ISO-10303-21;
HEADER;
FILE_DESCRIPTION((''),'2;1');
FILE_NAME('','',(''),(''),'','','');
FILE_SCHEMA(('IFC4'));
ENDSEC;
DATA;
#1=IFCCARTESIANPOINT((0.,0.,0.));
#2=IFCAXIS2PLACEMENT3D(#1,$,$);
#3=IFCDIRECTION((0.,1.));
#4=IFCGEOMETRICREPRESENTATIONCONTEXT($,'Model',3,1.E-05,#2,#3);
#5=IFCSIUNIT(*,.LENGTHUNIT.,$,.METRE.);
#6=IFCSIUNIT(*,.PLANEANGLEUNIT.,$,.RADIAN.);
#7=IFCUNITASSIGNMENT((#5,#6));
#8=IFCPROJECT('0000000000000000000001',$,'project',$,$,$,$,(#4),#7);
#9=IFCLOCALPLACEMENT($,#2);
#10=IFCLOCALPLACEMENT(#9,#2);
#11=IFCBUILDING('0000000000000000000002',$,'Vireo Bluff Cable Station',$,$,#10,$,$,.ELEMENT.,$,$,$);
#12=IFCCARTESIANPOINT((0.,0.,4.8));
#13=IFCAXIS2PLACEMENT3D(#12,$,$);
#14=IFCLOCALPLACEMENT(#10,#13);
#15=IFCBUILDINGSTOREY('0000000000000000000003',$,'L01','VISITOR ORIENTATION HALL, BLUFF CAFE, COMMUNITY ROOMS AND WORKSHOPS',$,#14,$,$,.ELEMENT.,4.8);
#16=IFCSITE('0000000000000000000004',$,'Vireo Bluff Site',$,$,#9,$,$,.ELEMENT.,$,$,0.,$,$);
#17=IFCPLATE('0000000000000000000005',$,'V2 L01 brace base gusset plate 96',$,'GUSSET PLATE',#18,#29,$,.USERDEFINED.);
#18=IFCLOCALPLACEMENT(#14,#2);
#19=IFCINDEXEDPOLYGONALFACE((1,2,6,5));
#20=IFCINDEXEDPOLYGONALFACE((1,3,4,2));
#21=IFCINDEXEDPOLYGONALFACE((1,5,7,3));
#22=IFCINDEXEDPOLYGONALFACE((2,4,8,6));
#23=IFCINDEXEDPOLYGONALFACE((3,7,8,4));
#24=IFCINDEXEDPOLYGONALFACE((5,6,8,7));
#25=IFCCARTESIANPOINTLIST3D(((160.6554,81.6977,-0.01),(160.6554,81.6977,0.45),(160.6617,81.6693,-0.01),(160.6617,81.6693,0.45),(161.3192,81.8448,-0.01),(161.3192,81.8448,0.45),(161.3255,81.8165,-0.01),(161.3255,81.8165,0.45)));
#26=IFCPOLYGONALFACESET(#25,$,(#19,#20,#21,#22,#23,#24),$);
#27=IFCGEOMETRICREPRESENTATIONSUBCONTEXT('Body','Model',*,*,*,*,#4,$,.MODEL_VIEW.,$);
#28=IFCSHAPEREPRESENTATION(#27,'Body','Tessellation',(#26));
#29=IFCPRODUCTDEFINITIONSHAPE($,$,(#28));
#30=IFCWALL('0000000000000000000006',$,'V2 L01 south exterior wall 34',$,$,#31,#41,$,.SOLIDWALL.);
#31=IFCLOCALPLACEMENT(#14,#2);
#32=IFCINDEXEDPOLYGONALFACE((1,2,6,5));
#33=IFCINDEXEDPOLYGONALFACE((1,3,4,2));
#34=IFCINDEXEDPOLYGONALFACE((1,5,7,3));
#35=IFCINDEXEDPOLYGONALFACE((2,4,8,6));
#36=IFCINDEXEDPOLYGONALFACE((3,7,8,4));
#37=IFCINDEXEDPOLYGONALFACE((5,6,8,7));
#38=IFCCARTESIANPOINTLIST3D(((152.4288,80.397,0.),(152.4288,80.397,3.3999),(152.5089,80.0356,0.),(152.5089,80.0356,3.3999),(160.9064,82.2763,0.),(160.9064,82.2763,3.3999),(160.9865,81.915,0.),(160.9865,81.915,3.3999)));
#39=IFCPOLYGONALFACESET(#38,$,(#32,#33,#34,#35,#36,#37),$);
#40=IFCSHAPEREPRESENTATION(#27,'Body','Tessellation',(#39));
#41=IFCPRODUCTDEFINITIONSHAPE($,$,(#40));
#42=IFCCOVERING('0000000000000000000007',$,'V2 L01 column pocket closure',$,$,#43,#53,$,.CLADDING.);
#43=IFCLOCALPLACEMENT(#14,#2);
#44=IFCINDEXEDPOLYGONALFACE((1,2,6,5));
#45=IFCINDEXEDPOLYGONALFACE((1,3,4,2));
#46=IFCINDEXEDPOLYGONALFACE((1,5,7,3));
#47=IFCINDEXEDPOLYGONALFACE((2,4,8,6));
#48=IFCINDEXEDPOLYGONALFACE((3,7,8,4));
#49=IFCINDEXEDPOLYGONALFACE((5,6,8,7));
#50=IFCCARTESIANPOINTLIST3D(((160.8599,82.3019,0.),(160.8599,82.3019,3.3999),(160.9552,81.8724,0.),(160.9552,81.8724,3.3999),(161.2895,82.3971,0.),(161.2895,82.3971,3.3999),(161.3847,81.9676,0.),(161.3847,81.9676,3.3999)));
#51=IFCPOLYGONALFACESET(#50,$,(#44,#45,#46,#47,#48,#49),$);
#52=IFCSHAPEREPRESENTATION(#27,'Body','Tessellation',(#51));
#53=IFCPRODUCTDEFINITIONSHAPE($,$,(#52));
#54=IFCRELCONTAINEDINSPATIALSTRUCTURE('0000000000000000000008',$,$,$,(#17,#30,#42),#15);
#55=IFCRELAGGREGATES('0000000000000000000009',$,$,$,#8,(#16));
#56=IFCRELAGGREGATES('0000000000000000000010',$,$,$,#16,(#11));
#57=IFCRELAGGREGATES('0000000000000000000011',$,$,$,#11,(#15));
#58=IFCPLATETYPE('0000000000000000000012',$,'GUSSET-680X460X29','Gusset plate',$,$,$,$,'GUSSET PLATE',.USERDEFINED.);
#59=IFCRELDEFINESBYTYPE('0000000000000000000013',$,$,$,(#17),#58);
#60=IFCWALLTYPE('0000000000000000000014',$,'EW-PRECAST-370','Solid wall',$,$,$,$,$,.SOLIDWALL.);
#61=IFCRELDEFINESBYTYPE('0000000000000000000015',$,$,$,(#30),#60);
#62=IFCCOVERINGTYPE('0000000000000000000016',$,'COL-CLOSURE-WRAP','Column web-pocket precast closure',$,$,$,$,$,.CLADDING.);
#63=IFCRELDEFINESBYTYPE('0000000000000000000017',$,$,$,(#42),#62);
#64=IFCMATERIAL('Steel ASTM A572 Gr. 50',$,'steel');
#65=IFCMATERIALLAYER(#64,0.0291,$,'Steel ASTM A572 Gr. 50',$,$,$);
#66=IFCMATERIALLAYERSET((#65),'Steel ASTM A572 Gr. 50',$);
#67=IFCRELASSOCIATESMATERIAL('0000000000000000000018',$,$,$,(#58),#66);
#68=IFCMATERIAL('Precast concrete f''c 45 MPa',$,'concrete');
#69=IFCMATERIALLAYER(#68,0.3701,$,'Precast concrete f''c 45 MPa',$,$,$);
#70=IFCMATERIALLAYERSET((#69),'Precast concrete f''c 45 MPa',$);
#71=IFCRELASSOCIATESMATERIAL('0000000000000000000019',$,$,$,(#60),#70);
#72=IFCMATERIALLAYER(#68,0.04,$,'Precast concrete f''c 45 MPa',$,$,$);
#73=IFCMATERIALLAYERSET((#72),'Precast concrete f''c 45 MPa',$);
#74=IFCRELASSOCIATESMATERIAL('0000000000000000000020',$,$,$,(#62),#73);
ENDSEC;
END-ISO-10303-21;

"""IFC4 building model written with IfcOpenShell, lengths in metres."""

from ifc_helpers import new_model, si_unit, direction, frame, frame_2d, origin, origin_2d, place, context, subcontext, project, spatial, rectangle, extrude, material, layer, layer_set, type_object, element, save


model = new_model("IFC4")

# Units and contexts
model_context = context("Model", 3, precision=1e-05, world=origin(), true_north=direction((0.0, 1.0)))
body_context = subcontext(model_context, "Body", "Model", "MODEL_VIEW")
ifc_project = project(units=[si_unit("LENGTHUNIT", "METRE"), si_unit("PLANEANGLEUNIT", "RADIAN")], contexts=[model_context])

# Site, building, storey
site_placement = place(None, origin())
site = spatial("IfcSite", under=ifc_project, at=site_placement, Name="Vireo Bluff Site", CompositionType="ELEMENT", RefElevation=0.0)
building_placement = place(site_placement, origin())
building = spatial("IfcBuilding", under=site, at=building_placement, Name="Vireo Bluff Cable Station", CompositionType="ELEMENT")
storey_placement = place(building_placement, frame((0.0, 0.0, 4.8)))
storey = spatial("IfcBuildingStorey", under=building, at=storey_placement, Name="L01", Description="VISITOR ORIENTATION HALL, BLUFF CAFE, COMMUNITY ROOMS AND WORKSHOPS", CompositionType="ELEMENT", Elevation=4.8)

# Plate
ifc_material_1 = material(Name="Steel ASTM A572 Gr. 50", Category="steel")
ifc_layer_1 = layer(ifc_material_1, 0.0291, Name="Steel ASTM A572 Gr. 50")
ifc_layer_set_1 = layer_set([ifc_layer_1], Name="Steel ASTM A572 Gr. 50")
plate_type_1 = type_object("IfcPlateType", Name="GUSSET-680X460X29", Description="Gusset plate", ElementType="GUSSET PLATE", PredefinedType="USERDEFINED", material=ifc_layer_set_1)
plate_1_placement = place(storey_placement, frame((160.9905, 81.7571, -0.01), z_axis=(0.0, 0.0, 1.0), x_axis=(0.976296, 0.21644, 0.0)))
element("IfcPlate", 1, at=plate_1_placement, inside=storey, type_object=plate_type_1, Name="V2 L01 brace base gusset plate 96", ObjectType="GUSSET PLATE", PredefinedType="USERDEFINED", context=body_context, shape_type="SweptSolid", body=[
    extrude(rectangle(XDim=0.6799, YDim=0.0291, at=origin_2d()), origin(), (0.0, 0.0, 1.0), 0.46),
])

# Wall
ifc_material_2 = material(Name="Precast concrete f'c 45 MPa", Category="concrete")
ifc_layer_2 = layer(ifc_material_2, 0.3701, Name="Precast concrete f'c 45 MPa")
ifc_layer_set_2 = layer_set([ifc_layer_2], Name="Precast concrete f'c 45 MPa")
wall_type = type_object("IfcWallType", Name="EW-PRECAST-370", Description="Solid wall", PredefinedType="SOLIDWALL", material=ifc_layer_set_2)
wall_placement = place(storey_placement, frame((160.9465, 82.0957, 0.0), z_axis=(0.0, 0.0, 1.0), x_axis=(-0.976297, -0.216436, 0.0)))
element("IfcWall", 2, at=wall_placement, inside=storey, type_object=wall_type, Name="V2 L01 south exterior wall 34", PredefinedType="SOLIDWALL", context=body_context, shape_type="SweptSolid", body=[
    extrude(rectangle(XDim=8.6833, YDim=0.3701, at=frame_2d((4.3418, 0.0))), origin(), (0.0, 0.0, 1.0), 3.3999),
])

# Covering
ifc_layer_3 = layer(ifc_material_2, 0.04, Name="Precast concrete f'c 45 MPa")
ifc_layer_set_3 = layer_set([ifc_layer_3], Name="Precast concrete f'c 45 MPa")
covering_type = type_object("IfcCoveringType", Name="COL-CLOSURE-WRAP", Description="Column web-pocket precast closure", PredefinedType="CLADDING", material=ifc_layer_set_3)
covering_placement = place(storey_placement, frame((161.1223, 82.1348, 0.0), z_axis=(0.0, 0.0, 1.0), x_axis=(0.976296, 0.21644, 0.0)))
element("IfcCovering", 3, at=covering_placement, inside=storey, type_object=covering_type, Name="V2 L01 column pocket closure", PredefinedType="CLADDING", context=body_context, shape_type="SweptSolid", body=[
    extrude(rectangle(XDim=0.4399, YDim=0.4399, at=origin_2d()), origin(), (0.0, 0.0, 1.0), 3.3999),
])

save(model, "model.ifc")
